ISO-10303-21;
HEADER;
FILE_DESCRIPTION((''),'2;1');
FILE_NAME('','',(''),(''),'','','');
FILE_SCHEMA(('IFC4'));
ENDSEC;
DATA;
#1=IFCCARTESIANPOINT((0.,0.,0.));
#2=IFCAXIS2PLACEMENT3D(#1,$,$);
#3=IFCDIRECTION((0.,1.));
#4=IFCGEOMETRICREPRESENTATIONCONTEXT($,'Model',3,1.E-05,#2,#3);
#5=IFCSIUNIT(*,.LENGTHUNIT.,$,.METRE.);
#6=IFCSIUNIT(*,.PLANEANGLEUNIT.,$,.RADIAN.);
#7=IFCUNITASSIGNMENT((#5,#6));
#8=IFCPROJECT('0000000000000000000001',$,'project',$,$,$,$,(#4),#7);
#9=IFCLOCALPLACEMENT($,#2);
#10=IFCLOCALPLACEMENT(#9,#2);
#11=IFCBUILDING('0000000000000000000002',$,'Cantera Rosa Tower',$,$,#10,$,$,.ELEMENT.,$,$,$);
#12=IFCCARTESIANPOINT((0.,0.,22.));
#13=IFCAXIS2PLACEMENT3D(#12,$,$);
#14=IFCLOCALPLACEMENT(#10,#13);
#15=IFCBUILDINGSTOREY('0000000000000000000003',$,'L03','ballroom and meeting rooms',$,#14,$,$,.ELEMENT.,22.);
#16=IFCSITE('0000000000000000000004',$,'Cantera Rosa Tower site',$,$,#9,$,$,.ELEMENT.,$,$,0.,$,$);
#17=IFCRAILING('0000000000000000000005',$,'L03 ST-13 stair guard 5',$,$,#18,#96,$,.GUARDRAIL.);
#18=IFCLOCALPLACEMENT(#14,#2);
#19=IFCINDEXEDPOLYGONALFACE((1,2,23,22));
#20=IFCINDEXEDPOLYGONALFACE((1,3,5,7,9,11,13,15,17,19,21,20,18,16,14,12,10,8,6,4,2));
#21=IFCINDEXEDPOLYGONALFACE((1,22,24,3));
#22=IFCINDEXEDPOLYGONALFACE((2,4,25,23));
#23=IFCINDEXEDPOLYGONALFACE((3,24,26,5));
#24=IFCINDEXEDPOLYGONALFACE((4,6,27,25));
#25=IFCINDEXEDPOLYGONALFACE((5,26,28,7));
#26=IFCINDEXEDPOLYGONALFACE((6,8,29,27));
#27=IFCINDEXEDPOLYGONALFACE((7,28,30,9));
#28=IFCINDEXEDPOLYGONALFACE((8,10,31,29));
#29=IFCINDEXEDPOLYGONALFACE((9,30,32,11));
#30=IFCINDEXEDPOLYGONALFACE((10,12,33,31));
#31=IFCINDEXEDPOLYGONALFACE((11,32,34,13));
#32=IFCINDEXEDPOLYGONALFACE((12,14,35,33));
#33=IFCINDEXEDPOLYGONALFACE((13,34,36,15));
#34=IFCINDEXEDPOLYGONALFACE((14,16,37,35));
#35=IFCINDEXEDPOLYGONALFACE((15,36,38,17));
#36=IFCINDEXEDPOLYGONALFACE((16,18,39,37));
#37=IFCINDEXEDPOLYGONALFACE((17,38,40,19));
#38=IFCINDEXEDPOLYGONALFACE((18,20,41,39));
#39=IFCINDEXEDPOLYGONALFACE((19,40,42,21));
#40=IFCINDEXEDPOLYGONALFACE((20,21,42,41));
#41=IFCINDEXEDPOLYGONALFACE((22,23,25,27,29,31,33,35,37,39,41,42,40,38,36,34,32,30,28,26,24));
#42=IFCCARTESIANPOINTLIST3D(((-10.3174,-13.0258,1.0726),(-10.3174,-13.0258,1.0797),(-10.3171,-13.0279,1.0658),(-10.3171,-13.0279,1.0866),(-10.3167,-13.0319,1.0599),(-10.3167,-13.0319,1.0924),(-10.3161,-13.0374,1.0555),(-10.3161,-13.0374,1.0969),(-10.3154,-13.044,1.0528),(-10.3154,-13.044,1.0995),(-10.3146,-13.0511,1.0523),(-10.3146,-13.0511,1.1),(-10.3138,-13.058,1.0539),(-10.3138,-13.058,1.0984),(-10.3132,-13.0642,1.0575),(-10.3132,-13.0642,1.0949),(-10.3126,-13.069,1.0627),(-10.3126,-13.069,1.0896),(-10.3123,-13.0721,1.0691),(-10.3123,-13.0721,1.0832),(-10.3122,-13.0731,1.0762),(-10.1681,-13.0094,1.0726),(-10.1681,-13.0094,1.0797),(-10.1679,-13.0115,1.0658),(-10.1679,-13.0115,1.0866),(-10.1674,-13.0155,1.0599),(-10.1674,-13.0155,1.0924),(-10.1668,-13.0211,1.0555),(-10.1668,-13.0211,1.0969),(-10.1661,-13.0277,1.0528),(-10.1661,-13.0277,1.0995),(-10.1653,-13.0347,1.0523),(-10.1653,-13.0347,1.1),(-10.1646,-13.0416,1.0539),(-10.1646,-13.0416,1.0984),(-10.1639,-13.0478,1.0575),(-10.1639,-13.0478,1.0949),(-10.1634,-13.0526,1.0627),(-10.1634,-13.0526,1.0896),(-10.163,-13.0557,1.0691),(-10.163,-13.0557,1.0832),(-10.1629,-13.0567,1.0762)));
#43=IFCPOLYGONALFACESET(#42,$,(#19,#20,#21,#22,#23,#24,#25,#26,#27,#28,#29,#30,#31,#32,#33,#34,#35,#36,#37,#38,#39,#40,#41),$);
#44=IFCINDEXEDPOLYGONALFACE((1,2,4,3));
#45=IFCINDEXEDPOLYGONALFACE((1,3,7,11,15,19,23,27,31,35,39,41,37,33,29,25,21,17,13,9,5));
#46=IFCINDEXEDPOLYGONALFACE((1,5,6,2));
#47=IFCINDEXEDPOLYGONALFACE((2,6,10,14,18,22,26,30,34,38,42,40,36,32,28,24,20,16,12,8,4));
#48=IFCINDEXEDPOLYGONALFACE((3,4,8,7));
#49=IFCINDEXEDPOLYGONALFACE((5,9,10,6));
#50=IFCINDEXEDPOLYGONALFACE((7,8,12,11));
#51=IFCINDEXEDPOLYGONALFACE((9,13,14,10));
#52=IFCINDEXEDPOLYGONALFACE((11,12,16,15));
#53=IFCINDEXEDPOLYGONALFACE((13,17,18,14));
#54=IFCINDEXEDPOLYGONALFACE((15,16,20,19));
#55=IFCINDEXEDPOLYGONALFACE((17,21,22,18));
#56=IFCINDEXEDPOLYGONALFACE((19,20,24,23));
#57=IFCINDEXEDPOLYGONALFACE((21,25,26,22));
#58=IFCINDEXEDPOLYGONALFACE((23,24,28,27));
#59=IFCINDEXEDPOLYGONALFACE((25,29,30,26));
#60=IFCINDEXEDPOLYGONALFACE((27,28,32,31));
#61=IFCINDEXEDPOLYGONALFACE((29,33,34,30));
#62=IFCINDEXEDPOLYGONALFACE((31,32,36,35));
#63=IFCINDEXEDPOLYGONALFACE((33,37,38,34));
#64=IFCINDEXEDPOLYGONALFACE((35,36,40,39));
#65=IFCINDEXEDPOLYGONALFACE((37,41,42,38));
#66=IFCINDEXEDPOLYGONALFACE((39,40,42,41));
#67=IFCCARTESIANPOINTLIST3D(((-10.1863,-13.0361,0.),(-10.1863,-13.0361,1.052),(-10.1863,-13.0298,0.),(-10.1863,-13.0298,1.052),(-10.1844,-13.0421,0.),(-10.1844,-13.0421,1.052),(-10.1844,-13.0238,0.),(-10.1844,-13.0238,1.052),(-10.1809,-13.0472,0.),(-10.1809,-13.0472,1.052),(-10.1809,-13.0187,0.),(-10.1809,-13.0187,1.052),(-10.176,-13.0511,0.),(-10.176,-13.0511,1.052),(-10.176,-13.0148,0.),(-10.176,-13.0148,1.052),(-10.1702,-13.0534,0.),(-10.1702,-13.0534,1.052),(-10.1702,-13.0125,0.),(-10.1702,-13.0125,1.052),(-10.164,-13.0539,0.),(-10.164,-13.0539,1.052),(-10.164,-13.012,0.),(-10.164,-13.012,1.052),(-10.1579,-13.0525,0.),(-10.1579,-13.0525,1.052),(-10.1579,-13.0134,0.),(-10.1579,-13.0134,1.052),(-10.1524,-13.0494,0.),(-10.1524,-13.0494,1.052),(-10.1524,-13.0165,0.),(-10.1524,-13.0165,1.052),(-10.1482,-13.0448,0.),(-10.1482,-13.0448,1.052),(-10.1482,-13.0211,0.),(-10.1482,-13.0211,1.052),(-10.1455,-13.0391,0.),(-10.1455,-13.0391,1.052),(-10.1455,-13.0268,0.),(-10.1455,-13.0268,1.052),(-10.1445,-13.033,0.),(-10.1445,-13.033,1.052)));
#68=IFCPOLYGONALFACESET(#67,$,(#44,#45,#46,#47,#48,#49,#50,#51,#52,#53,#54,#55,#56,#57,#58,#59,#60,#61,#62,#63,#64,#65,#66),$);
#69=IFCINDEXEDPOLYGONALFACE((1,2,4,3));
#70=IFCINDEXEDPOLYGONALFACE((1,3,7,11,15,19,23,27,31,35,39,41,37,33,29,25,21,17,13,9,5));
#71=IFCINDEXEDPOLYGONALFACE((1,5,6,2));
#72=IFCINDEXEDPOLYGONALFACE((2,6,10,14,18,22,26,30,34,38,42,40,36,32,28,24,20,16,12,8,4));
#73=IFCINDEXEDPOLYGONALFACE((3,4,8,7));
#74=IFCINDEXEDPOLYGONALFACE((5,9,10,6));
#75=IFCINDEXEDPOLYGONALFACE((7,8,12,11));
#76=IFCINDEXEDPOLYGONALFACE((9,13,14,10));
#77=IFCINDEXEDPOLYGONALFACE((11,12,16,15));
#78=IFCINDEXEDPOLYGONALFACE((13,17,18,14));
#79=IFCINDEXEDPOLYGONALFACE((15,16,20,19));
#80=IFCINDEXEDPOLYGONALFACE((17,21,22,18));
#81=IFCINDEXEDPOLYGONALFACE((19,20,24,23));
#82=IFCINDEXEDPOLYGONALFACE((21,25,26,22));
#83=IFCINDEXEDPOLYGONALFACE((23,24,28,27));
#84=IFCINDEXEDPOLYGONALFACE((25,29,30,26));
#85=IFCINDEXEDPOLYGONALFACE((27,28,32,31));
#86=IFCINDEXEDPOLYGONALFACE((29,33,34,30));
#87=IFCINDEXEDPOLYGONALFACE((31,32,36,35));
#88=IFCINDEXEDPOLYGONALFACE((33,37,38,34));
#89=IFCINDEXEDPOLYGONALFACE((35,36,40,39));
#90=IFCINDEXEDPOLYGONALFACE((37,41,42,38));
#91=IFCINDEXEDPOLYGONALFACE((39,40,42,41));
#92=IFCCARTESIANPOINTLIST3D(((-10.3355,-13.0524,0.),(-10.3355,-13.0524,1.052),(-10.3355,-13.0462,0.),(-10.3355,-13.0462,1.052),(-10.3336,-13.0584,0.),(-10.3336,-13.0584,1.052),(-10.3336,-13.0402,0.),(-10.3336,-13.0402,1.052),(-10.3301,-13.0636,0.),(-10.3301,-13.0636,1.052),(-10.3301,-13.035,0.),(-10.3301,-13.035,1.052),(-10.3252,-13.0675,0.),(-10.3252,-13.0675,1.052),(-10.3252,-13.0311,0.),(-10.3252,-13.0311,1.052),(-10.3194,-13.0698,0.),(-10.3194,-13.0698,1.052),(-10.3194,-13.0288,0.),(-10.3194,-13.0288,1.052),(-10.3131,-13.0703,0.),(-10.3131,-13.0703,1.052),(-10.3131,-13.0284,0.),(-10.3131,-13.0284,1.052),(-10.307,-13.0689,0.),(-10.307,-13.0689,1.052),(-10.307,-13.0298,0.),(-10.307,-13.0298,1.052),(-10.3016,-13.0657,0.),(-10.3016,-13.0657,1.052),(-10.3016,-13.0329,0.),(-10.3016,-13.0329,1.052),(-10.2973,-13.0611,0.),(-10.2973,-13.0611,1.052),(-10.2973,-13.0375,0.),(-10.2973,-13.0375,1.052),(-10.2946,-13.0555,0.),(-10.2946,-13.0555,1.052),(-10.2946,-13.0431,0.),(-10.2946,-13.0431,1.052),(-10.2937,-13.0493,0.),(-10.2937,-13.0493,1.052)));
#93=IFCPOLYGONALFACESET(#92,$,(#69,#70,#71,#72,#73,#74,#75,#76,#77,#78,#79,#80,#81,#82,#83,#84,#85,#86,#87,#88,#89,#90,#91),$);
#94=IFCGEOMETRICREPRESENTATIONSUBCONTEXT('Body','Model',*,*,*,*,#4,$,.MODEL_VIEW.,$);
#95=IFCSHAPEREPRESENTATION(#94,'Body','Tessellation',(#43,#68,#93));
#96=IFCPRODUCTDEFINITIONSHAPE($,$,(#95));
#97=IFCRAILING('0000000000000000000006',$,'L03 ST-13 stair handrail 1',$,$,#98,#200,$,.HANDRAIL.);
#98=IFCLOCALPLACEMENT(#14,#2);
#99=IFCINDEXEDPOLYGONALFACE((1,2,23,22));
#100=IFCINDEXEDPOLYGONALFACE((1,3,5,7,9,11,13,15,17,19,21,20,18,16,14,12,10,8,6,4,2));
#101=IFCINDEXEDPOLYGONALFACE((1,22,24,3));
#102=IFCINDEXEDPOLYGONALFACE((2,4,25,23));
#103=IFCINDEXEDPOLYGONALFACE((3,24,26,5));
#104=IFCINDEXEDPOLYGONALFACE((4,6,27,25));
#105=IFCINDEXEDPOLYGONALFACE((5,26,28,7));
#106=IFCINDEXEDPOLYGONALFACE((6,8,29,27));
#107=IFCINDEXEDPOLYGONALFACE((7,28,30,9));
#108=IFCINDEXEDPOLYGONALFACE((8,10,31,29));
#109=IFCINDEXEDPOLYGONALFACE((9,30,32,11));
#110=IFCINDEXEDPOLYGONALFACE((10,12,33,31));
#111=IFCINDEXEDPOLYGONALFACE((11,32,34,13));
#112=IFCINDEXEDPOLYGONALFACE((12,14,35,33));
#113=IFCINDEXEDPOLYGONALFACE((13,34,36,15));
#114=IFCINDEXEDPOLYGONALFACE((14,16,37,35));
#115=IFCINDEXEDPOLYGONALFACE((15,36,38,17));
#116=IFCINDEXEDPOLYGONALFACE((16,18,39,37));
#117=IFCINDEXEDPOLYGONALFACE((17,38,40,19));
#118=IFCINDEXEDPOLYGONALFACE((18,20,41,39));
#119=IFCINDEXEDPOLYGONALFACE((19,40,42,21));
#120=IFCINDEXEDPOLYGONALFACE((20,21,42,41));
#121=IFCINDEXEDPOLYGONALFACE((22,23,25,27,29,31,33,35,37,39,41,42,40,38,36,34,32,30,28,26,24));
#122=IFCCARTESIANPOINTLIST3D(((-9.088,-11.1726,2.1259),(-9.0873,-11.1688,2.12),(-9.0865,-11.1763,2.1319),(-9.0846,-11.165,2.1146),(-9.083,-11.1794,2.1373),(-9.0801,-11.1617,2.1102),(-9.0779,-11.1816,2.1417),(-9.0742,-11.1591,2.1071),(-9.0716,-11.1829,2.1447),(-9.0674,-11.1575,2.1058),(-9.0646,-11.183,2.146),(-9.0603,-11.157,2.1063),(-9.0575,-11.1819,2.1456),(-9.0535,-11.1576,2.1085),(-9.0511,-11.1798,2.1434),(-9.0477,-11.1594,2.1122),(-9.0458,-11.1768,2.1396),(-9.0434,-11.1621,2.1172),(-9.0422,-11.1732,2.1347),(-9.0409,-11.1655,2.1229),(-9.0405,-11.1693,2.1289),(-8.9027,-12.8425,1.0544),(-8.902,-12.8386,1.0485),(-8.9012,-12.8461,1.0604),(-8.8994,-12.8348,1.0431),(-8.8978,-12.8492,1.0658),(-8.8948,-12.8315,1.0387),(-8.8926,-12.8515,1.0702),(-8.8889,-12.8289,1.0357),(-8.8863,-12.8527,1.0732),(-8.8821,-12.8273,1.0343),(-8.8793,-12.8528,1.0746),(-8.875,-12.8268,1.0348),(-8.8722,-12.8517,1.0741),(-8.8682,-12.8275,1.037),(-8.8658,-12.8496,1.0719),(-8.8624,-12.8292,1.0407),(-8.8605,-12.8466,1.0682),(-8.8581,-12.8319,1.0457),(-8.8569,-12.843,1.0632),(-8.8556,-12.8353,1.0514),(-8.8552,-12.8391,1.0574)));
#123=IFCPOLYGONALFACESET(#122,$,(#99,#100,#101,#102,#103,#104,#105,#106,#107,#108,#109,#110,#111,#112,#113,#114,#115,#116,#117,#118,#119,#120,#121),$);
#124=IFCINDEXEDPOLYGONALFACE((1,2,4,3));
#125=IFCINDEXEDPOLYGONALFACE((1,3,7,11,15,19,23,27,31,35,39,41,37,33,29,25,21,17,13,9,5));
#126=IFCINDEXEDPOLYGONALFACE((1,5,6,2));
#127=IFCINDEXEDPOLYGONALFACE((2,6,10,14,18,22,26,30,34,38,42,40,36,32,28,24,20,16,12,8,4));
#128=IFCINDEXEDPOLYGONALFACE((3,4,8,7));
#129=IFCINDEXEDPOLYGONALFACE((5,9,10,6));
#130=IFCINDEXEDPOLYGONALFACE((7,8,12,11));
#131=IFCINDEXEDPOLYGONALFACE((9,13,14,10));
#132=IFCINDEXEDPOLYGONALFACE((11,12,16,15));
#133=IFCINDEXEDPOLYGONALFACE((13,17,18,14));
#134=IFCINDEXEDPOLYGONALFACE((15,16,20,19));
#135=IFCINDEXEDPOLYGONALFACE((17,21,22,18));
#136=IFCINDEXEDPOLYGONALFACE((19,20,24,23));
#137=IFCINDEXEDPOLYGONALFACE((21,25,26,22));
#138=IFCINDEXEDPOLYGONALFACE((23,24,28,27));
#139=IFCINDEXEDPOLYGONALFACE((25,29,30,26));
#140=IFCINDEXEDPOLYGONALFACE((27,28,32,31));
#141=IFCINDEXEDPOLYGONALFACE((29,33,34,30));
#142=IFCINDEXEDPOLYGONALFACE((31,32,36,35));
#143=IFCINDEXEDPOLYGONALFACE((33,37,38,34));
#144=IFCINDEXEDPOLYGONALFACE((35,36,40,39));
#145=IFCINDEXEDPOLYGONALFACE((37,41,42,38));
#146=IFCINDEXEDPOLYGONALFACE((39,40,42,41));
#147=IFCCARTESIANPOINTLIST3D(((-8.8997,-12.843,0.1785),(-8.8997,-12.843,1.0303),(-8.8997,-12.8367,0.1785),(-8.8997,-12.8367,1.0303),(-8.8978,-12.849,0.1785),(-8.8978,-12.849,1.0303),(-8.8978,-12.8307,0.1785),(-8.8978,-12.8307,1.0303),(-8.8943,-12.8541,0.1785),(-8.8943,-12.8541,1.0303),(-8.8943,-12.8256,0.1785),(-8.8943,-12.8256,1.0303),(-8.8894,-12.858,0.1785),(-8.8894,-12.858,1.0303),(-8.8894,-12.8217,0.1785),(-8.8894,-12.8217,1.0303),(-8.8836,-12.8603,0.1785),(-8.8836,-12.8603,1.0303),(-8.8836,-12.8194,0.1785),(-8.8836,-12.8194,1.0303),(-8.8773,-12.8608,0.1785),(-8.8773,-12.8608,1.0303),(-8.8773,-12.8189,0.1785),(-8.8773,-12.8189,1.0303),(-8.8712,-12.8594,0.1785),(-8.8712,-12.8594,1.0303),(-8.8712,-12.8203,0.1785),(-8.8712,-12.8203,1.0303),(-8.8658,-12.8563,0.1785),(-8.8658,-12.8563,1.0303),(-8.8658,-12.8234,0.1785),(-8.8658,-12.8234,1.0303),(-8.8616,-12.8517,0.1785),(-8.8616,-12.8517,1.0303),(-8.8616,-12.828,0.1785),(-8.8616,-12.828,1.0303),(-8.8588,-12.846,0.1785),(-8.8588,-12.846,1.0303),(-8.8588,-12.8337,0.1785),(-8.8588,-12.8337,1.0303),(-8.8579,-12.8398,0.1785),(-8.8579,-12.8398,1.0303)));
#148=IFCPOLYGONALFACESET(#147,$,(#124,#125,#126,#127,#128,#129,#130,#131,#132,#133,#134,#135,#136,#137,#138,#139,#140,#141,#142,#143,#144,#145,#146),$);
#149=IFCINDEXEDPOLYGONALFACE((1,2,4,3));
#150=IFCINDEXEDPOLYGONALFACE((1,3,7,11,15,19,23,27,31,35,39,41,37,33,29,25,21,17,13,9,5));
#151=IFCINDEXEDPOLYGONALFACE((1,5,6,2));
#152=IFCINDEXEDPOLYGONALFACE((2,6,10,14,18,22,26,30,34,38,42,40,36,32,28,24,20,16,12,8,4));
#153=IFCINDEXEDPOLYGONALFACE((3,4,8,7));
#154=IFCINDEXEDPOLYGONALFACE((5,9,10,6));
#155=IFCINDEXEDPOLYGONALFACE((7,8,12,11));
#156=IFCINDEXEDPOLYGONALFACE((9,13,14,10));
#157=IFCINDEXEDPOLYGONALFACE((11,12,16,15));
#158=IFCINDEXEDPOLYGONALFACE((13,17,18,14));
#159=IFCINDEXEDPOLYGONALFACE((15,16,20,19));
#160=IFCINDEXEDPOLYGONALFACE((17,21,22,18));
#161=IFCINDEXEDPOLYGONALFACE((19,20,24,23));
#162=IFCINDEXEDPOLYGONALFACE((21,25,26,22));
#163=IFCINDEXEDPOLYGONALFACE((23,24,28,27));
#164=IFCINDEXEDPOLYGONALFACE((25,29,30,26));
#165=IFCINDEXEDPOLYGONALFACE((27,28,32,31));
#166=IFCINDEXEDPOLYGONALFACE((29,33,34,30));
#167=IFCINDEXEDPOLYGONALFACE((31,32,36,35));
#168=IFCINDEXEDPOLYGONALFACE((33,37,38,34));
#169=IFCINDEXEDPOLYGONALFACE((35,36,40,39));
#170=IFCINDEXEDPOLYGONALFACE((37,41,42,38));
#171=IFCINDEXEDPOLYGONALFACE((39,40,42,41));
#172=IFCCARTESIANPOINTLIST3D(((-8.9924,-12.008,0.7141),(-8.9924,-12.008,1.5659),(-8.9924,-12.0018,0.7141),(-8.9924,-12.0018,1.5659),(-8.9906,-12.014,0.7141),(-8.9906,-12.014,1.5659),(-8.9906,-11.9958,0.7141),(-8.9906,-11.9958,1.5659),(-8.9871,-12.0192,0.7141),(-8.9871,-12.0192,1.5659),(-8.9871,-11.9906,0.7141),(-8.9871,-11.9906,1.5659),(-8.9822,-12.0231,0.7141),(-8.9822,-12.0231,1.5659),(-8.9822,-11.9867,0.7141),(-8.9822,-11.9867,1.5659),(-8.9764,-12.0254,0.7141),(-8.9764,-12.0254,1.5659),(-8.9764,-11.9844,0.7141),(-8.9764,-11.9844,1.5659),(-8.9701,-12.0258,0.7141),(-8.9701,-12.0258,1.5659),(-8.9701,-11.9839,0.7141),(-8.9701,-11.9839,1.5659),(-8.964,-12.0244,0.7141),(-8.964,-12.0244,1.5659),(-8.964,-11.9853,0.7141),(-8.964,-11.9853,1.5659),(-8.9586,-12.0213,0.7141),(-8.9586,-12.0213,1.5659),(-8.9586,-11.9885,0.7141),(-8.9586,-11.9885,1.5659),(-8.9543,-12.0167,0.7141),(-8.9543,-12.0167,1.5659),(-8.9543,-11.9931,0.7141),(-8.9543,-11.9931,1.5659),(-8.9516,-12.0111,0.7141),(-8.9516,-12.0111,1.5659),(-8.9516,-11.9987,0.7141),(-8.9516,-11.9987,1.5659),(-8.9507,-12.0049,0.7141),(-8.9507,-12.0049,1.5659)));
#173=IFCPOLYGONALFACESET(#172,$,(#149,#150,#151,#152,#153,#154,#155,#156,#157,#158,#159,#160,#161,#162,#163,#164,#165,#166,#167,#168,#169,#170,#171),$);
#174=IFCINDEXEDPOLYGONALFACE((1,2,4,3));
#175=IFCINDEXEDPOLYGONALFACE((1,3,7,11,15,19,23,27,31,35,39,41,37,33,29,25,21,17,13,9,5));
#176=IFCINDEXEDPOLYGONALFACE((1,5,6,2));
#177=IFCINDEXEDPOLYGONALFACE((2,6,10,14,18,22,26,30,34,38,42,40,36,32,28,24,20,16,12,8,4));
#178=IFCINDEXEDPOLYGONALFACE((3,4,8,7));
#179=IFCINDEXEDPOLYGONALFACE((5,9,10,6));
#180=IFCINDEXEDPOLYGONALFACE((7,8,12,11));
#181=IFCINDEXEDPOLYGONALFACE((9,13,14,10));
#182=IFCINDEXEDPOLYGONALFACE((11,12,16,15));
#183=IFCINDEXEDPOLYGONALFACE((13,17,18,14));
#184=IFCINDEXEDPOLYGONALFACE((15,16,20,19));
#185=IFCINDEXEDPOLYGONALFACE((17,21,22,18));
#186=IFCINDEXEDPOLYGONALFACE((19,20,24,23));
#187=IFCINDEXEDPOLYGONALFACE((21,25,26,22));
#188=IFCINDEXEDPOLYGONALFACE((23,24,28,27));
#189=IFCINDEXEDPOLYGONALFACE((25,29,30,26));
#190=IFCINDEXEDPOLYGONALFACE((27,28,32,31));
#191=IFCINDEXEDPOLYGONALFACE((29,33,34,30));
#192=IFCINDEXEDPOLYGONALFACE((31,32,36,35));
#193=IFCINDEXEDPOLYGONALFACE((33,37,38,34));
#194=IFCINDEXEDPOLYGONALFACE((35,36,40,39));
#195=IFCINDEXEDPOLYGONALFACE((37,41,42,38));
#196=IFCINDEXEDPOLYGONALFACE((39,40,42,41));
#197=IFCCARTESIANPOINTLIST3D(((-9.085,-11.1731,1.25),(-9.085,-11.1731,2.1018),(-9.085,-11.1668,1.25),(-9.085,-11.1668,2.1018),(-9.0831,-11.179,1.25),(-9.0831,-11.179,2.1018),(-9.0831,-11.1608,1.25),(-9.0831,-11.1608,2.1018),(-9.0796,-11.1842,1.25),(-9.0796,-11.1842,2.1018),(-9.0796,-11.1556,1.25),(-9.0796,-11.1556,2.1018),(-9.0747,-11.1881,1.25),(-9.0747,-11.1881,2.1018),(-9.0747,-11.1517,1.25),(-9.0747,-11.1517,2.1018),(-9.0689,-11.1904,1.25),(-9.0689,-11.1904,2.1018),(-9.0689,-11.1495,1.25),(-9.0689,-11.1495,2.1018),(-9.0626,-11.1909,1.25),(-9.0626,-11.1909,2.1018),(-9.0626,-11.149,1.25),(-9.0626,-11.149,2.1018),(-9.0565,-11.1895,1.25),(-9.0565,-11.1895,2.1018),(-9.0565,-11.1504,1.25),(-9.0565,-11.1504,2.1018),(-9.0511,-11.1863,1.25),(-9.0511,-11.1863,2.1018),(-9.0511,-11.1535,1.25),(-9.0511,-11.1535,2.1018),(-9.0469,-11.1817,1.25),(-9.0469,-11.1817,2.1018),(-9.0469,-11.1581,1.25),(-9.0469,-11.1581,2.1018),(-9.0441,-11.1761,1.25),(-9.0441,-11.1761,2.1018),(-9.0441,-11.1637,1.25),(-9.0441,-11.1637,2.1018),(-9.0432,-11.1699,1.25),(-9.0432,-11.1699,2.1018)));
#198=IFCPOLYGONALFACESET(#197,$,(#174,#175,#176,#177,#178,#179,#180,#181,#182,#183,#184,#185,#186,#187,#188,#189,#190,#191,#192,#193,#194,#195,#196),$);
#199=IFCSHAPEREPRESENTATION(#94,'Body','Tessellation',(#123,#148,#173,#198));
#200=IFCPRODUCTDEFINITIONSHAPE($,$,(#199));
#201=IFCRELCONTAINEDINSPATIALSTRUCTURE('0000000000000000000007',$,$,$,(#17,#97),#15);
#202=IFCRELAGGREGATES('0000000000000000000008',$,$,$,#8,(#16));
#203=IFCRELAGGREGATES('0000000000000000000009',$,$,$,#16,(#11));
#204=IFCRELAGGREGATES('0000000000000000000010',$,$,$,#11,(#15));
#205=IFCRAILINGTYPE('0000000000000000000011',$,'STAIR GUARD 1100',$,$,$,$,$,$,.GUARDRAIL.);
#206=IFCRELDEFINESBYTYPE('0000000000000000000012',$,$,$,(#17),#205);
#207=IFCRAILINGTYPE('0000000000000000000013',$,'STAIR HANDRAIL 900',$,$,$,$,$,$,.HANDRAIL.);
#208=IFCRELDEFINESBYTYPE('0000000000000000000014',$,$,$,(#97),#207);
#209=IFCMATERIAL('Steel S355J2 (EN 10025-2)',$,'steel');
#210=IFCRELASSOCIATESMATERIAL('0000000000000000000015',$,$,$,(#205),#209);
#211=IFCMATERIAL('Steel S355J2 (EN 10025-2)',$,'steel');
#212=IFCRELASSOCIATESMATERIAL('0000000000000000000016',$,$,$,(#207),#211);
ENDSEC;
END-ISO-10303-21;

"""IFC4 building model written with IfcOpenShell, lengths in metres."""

from ifc_helpers import new_model, si_unit, direction, frame, origin, origin_2d, place, context, subcontext, project, spatial, circle, extrude, material, type_object, element, save


model = new_model("IFC4")

# Units and contexts
model_context = context("Model", 3, precision=1e-05, world=origin(), true_north=direction((0.0, 1.0)))
body_context = subcontext(model_context, "Body", "Model", "MODEL_VIEW")
ifc_project = project(units=[si_unit("LENGTHUNIT", "METRE"), si_unit("PLANEANGLEUNIT", "RADIAN")], contexts=[model_context])

# Site, building, storey
site_placement = place(None, origin())
site = spatial("IfcSite", under=ifc_project, at=site_placement, Name="Cantera Rosa Tower site", CompositionType="ELEMENT", RefElevation=0.0)
building_placement = place(site_placement, origin())
building = spatial("IfcBuilding", under=site, at=building_placement, Name="Cantera Rosa Tower", CompositionType="ELEMENT")
storey_placement = place(building_placement, frame((0.0, 0.0, 22.0)))
storey = spatial("IfcBuildingStorey", under=building, at=storey_placement, Name="L03", Description="ballroom and meeting rooms", CompositionType="ELEMENT", Elevation=22.0)

# Railings
ifc_material_1 = material(Name="Steel S355J2 (EN 10025-2)", Category="steel")
railing_type_1 = type_object("IfcRailingType", Name="STAIR GUARD 1100", PredefinedType="GUARDRAIL", material=ifc_material_1)
railing_1_placement = place(storey_placement, frame((-10.1655, -13.033, 0.0)))
element("IfcRailing", 1, at=railing_1_placement, inside=storey, type_object=railing_type_1, Name="L03 ST-13 stair guard 5", PredefinedType="GUARDRAIL", context=body_context, shape_type="SweptSolid", body=[
    extrude(circle(Radius=0.0239, at=origin_2d()), frame((0.0, 0.0, 1.0762), z_axis=(-0.994041, -0.109003, 0.0), x_axis=(0.109003, -0.994041, 0.0)), (0.0, 0.0, 1.0), 0.1501),
    extrude(circle(Radius=0.021, at=origin_2d()), origin(), (0.0, 0.0, 1.0), 1.052),
    extrude(circle(Radius=0.021, at=origin_2d()), frame((-0.1492, -0.0164, 0.0)), (0.0, 0.0, 1.0), 1.052),
])
ifc_material_2 = material(Name="Steel S355J2 (EN 10025-2)", Category="steel")
railing_type_2 = type_object("IfcRailingType", Name="STAIR HANDRAIL 900", PredefinedType="HANDRAIL", material=ifc_material_2)
railing_2_placement = place(storey_placement, frame((-8.8789, -12.8398, 0.1785)))
element("IfcRailing", 2, at=railing_2_placement, inside=storey, type_object=railing_type_2, Name="L03 ST-13 stair handrail 1", PredefinedType="HANDRAIL", context=body_context, shape_type="SweptSolid", body=[
    extrude(circle(Radius=0.0239, at=origin_2d()), frame((0.0, 0.0, 0.876), z_axis=(-0.092987, 0.837987, 0.537709), x_axis=(-0.9939, -0.110288, 0.0)), (0.0, 0.0, 1.0), 1.9927),
    extrude(circle(Radius=0.021, at=origin_2d()), origin(), (0.0, 0.0, 1.0), 0.8518),
    extrude(circle(Radius=0.021, at=origin_2d()), frame((-0.0928, 0.835, 0.5356)), (0.0, 0.0, 1.0), 0.8518),
    extrude(circle(Radius=0.021, at=origin_2d()), frame((-0.1853, 1.6699, 1.0715)), (0.0, 0.0, 1.0), 0.8518),
])

save(model, "model.ifc")
